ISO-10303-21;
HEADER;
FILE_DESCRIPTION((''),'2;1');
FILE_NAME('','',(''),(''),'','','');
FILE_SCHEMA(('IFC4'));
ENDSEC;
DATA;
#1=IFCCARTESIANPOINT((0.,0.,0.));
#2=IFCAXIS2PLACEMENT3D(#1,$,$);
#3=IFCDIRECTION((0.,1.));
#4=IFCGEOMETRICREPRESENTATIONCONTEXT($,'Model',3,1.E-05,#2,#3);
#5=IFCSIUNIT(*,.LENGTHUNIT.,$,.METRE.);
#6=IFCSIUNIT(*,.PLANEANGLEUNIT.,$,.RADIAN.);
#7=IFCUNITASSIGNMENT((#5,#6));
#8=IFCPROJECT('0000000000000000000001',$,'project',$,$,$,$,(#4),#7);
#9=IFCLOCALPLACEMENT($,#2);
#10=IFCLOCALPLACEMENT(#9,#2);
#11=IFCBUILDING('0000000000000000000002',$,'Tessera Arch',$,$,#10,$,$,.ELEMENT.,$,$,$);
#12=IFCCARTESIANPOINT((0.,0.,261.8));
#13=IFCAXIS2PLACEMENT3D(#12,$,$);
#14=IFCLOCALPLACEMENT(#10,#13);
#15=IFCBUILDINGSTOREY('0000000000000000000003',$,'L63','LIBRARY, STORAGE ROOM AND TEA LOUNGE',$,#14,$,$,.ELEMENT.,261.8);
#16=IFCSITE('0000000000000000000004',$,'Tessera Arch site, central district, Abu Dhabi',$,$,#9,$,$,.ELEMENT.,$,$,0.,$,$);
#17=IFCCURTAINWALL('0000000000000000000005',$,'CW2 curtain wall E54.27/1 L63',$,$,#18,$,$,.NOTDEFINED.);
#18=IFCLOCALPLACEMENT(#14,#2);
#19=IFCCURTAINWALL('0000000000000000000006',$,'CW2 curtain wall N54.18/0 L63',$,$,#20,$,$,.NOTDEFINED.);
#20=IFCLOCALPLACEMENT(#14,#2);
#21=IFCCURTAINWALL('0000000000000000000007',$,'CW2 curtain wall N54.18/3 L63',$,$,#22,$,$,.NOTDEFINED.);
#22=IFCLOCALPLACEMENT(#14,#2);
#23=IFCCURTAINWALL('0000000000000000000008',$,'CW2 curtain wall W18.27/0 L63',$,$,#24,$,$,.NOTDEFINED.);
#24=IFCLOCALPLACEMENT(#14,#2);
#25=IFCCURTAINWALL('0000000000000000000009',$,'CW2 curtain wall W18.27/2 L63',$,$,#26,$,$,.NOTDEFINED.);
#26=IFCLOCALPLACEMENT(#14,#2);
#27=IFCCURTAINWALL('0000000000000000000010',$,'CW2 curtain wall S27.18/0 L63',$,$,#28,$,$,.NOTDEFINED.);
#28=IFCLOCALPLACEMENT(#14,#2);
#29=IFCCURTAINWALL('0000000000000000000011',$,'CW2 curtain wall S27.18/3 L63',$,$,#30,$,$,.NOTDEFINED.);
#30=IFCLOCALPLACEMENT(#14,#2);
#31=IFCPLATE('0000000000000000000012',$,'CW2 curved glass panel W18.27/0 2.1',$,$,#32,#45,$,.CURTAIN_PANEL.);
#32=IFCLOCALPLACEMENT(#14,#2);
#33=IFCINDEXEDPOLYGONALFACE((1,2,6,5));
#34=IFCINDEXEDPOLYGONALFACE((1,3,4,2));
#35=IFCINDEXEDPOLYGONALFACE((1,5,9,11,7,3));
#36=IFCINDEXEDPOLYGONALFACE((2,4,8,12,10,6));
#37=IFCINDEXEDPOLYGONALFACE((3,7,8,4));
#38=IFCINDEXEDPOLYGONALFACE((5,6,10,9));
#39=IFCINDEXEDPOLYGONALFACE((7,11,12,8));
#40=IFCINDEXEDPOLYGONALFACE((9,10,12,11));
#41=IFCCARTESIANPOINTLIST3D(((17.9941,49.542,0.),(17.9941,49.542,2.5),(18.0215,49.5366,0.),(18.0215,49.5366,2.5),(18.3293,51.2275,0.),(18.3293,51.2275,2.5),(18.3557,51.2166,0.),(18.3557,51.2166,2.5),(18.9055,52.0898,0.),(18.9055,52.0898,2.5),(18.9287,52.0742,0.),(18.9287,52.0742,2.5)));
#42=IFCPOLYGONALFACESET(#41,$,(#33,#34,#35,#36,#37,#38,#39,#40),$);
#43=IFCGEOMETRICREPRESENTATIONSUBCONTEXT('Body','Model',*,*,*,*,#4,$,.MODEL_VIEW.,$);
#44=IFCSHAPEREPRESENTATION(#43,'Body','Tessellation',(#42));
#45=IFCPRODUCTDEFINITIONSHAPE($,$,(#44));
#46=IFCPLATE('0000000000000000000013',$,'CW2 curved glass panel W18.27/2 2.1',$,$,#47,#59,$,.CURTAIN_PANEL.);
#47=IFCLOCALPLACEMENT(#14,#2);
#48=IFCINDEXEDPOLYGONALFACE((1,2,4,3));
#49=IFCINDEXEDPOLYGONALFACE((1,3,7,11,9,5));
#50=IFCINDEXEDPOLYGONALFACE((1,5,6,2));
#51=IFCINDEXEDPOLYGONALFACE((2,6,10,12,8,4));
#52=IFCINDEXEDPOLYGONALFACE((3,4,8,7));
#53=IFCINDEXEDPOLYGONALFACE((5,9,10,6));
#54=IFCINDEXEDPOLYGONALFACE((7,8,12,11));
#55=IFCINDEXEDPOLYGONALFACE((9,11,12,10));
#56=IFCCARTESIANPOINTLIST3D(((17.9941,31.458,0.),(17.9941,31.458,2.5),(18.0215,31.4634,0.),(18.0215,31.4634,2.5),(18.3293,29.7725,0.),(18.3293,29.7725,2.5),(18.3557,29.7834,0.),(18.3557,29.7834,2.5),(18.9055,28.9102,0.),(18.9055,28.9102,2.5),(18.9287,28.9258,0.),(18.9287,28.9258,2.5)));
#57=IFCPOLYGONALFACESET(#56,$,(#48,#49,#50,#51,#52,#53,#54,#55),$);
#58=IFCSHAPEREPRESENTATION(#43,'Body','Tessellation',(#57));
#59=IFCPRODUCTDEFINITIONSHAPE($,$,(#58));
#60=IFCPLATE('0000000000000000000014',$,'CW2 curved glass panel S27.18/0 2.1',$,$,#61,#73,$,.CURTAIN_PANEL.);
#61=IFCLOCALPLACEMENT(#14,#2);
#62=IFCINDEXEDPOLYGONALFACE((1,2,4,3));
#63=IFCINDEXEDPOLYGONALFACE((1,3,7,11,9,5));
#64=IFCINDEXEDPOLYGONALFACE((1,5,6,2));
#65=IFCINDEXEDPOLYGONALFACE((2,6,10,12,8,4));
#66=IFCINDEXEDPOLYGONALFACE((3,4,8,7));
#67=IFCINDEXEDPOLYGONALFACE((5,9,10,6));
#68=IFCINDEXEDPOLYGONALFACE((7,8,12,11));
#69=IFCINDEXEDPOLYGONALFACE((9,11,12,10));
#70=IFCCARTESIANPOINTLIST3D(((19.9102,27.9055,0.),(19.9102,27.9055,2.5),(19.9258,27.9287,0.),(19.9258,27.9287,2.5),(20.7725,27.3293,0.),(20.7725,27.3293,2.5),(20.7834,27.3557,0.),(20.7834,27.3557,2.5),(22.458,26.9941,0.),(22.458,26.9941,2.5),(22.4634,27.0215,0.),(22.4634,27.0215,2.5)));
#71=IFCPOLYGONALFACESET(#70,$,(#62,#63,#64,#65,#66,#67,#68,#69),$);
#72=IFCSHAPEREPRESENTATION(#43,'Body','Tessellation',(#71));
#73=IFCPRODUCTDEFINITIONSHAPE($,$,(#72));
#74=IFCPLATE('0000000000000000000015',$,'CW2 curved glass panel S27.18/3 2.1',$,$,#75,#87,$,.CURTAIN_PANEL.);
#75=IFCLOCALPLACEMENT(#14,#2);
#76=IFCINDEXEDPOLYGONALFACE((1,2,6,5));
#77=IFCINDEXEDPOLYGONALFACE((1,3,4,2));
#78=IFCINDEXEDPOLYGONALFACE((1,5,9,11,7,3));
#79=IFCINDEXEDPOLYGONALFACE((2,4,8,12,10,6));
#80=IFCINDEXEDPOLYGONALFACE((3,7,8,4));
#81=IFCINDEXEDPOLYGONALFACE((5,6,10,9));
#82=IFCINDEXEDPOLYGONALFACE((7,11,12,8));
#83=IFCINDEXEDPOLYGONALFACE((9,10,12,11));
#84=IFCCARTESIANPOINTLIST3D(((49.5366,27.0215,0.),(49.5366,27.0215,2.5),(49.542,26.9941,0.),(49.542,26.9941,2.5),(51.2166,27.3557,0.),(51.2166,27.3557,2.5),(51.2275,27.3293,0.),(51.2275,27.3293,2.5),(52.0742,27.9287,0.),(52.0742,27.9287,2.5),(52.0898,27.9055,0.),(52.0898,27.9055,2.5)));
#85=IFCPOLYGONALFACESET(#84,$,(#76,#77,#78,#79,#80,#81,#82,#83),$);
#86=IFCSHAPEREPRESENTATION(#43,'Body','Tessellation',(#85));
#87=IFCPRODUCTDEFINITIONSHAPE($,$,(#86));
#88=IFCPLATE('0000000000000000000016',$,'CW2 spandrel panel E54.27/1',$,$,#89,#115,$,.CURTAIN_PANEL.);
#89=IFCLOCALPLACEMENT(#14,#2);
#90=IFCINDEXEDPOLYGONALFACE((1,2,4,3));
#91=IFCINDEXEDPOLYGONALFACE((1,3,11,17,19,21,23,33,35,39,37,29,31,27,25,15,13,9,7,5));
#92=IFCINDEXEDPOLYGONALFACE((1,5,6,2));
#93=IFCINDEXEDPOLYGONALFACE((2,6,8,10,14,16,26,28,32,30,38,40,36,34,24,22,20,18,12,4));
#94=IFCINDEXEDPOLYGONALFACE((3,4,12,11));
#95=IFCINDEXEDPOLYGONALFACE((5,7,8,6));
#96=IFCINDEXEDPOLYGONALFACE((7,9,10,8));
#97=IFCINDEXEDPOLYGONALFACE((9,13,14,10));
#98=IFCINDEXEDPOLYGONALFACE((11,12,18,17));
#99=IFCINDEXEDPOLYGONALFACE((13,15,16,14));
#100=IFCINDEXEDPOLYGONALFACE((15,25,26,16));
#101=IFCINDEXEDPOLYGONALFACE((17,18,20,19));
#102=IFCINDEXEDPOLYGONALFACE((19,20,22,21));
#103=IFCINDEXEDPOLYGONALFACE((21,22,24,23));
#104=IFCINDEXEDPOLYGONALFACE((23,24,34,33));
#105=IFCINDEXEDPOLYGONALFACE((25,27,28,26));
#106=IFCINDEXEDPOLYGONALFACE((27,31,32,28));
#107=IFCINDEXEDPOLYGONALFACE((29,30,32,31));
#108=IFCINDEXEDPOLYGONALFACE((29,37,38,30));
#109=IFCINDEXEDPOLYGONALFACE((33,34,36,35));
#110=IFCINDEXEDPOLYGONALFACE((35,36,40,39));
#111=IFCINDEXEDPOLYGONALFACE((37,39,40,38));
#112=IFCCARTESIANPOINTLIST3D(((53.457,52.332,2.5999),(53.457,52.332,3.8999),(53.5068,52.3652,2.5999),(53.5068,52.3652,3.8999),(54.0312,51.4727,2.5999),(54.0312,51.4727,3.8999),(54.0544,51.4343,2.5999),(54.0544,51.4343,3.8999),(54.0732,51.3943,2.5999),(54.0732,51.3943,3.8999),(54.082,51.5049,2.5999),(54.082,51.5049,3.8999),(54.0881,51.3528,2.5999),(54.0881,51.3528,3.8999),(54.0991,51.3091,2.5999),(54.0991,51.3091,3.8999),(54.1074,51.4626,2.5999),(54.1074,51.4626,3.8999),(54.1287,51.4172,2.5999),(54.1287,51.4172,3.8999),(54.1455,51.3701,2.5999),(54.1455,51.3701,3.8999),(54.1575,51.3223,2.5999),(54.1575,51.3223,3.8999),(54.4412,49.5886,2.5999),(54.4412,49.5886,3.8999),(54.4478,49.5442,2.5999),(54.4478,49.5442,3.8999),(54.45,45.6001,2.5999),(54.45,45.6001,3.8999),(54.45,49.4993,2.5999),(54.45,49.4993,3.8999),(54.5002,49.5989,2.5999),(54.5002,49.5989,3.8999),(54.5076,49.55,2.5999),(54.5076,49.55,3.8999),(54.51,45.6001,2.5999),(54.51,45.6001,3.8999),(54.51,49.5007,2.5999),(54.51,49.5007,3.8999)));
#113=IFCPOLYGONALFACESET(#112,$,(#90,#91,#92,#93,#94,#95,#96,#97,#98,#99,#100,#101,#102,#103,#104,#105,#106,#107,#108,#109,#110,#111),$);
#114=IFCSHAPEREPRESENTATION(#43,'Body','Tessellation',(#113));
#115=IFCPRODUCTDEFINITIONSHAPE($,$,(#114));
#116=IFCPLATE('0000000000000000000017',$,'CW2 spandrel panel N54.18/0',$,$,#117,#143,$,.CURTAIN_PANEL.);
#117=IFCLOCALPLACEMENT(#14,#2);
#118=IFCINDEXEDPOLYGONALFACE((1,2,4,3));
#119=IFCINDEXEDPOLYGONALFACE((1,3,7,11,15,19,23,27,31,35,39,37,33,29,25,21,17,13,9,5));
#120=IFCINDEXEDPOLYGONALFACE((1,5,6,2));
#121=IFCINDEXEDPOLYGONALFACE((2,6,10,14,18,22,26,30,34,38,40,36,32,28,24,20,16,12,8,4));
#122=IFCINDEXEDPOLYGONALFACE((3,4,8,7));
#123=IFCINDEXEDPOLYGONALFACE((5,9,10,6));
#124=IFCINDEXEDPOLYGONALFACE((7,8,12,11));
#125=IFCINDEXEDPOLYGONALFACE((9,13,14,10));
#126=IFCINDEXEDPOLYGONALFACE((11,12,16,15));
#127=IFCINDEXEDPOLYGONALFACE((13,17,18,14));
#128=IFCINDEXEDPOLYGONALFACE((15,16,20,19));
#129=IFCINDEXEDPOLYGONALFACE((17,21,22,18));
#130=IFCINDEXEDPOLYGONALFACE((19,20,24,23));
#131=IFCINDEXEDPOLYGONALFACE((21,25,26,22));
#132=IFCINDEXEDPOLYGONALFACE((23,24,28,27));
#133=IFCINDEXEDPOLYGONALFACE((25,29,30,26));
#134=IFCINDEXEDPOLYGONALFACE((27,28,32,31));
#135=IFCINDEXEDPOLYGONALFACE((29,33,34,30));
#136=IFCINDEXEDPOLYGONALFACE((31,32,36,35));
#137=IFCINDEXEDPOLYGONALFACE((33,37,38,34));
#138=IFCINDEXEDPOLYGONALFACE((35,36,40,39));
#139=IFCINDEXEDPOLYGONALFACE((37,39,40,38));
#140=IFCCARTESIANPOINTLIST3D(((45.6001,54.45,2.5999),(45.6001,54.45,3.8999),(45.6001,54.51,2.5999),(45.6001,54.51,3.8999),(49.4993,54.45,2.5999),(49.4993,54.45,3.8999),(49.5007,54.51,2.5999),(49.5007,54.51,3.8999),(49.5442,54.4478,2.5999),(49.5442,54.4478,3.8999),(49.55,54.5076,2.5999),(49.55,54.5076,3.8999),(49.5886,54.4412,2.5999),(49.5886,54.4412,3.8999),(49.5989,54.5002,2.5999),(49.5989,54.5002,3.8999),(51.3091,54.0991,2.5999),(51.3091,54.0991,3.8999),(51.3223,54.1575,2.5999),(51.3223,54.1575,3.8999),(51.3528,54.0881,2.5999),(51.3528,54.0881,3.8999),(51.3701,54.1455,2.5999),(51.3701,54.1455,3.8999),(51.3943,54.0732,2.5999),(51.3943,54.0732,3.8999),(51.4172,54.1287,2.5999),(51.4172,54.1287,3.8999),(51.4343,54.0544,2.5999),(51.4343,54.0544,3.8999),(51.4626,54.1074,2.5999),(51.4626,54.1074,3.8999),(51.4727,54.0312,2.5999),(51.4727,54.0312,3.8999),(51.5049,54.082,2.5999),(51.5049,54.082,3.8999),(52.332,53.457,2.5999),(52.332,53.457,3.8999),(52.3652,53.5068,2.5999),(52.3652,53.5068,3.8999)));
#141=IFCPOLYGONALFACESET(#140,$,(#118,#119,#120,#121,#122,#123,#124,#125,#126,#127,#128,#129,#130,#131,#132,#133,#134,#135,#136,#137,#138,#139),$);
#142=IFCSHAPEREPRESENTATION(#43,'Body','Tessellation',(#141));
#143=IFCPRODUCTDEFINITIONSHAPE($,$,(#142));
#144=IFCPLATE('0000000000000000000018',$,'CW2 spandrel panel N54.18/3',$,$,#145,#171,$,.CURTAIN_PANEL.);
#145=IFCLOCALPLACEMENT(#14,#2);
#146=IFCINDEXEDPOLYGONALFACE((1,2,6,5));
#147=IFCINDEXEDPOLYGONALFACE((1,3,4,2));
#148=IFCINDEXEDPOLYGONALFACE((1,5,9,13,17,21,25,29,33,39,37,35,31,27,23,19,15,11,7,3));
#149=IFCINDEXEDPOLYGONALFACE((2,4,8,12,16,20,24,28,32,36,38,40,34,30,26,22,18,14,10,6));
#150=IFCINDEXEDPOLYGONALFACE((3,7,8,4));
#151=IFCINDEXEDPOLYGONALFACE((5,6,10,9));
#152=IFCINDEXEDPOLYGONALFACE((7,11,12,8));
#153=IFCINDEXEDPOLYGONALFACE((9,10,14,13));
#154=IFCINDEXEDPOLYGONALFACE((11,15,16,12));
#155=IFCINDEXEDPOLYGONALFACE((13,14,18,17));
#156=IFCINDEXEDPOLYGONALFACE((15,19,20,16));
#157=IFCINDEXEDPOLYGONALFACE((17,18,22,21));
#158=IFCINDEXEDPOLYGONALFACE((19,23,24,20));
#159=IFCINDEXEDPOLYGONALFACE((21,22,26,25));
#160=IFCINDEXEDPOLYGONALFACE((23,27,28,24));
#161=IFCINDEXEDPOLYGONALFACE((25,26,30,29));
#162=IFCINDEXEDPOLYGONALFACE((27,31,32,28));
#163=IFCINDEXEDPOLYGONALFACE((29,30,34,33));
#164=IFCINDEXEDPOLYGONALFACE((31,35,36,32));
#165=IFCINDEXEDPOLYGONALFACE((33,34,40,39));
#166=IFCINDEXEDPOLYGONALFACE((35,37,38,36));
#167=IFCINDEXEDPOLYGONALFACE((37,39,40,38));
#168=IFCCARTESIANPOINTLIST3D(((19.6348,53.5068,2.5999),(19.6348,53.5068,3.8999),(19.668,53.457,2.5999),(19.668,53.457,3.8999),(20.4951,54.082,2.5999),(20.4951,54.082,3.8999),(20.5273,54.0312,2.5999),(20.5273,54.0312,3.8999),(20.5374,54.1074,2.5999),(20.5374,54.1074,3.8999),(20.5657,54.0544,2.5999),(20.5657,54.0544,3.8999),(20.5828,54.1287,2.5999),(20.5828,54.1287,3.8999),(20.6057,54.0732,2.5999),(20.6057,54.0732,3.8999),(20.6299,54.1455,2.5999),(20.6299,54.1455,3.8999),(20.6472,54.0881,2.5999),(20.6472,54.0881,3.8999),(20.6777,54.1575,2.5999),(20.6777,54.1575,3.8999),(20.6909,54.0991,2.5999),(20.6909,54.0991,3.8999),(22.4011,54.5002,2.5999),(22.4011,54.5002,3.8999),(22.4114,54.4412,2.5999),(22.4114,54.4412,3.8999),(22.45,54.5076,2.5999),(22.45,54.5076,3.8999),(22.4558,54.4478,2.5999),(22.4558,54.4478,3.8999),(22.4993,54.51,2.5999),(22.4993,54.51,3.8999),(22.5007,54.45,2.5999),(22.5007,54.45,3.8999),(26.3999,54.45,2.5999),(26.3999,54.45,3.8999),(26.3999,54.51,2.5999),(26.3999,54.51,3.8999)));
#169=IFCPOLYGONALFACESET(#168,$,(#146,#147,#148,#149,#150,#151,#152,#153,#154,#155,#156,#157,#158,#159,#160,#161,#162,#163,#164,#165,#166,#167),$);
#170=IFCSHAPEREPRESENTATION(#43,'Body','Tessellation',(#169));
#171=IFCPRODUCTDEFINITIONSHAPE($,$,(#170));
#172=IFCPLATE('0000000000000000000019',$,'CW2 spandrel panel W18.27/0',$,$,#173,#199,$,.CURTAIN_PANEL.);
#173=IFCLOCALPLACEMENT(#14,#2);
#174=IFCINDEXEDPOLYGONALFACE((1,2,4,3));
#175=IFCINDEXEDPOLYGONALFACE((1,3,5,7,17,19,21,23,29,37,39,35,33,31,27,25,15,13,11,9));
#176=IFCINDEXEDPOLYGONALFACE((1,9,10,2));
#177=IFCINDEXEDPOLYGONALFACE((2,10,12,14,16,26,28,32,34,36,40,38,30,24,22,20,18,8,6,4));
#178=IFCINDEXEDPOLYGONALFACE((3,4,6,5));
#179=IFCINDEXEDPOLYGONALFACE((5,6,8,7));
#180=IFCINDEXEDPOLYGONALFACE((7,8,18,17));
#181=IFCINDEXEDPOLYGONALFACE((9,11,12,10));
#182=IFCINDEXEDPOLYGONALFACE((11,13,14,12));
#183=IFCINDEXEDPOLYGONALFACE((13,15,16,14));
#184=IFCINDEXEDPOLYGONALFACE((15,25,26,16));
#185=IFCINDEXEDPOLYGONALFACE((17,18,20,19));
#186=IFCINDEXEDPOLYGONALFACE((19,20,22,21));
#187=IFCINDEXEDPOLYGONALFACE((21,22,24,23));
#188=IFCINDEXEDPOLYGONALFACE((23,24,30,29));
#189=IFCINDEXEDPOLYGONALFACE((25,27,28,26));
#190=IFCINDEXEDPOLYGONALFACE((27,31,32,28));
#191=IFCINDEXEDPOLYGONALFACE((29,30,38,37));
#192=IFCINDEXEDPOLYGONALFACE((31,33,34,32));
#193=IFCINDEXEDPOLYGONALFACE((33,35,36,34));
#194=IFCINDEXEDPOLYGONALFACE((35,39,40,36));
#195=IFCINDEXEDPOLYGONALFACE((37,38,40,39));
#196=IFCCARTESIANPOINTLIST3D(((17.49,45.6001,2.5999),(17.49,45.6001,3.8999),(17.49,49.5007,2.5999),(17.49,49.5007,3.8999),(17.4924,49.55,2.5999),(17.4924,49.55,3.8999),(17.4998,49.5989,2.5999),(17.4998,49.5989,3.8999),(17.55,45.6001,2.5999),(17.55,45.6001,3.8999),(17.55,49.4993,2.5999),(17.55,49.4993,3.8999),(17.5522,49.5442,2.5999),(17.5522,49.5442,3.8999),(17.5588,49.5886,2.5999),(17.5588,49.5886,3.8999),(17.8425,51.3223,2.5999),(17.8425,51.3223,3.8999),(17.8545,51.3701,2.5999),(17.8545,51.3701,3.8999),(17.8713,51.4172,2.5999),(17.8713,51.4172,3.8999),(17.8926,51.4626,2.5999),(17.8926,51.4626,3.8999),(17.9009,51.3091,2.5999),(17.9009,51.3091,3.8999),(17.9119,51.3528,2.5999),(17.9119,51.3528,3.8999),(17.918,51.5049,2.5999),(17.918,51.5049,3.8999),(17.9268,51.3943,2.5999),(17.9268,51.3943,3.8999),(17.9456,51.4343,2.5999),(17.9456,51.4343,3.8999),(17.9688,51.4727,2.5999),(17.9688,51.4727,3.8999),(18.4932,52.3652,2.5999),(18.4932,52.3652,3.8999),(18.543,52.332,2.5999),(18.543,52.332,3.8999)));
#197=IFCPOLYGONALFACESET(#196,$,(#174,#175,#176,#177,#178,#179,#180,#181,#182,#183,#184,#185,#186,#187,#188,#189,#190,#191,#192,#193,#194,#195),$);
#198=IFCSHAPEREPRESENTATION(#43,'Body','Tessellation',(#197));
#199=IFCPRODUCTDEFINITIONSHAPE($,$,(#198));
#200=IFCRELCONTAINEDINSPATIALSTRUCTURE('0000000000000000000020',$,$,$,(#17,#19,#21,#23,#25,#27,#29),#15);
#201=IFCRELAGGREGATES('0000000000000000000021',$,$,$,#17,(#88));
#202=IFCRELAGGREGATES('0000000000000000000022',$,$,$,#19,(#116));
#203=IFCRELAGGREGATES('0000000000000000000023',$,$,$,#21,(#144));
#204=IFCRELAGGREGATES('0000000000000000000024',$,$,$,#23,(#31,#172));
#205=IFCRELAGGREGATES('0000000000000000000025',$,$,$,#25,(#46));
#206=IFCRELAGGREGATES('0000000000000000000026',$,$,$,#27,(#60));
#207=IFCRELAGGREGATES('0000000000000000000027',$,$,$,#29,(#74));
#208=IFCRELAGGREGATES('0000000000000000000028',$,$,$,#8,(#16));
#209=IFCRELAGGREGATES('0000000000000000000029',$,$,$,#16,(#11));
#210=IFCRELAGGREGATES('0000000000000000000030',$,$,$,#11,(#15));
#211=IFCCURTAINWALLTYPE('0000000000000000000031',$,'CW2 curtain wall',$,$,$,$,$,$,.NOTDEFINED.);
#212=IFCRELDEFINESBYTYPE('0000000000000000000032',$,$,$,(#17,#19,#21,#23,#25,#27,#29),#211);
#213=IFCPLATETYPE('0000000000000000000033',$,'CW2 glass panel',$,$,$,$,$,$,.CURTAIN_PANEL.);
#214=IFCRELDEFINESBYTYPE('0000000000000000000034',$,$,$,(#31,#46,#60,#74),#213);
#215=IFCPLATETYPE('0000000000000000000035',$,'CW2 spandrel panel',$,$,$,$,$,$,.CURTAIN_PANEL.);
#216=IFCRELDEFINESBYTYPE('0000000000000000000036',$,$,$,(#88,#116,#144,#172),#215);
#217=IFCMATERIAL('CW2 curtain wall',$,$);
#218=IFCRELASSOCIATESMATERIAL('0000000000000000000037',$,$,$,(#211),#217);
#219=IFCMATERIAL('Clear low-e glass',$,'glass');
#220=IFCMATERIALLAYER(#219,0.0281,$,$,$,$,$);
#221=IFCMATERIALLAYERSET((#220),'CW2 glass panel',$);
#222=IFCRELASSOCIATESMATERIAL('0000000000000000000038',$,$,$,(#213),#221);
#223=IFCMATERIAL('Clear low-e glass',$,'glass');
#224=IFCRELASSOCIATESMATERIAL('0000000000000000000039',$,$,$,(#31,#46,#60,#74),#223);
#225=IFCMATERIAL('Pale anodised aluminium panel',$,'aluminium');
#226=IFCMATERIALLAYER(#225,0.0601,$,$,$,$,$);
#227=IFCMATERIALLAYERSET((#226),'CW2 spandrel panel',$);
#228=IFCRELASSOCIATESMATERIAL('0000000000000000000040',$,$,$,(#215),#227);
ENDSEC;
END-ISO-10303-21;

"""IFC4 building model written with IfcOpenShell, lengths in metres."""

from ifc_helpers import new_model, si_unit, direction, frame, origin, place, context, subcontext, project, spatial, polyline, outline, extrude, material, layer, layer_set, type_object, element, aggregate, save


model = new_model("IFC4")

# Units and contexts
model_context = context("Model", 3, precision=1e-05, world=origin(), true_north=direction((0.0, 1.0)))
body_context = subcontext(model_context, "Body", "Model", "MODEL_VIEW")
ifc_project = project(units=[si_unit("LENGTHUNIT", "METRE"), si_unit("PLANEANGLEUNIT", "RADIAN")], contexts=[model_context])

# Site, building, storey
site_placement = place(None, origin())
site = spatial("IfcSite", under=ifc_project, at=site_placement, Name="Tessera Arch site, central district, Abu Dhabi", CompositionType="ELEMENT", RefElevation=0.0)
building_placement = place(site_placement, origin())
building = spatial("IfcBuilding", under=site, at=building_placement, Name="Tessera Arch", CompositionType="ELEMENT")
storey_placement = place(building_placement, frame((0.0, 0.0, 261.8)))
storey = spatial("IfcBuildingStorey", under=building, at=storey_placement, Name="L63", Description="LIBRARY, STORAGE ROOM AND TEA LOUNGE", CompositionType="ELEMENT", Elevation=261.8)

# Curtain walls
ifc_material_1 = material(Name="CW2 curtain wall")
curtain_wall_type = type_object("IfcCurtainWallType", Name="CW2 curtain wall", PredefinedType="NOTDEFINED", material=ifc_material_1)
curtain_wall_1_placement = place(storey_placement, origin())
curtain_wall_1 = element("IfcCurtainWall", 1, at=curtain_wall_1_placement, inside=storey, type_object=curtain_wall_type, Name="CW2 curtain wall E54.27/1 L63", PredefinedType="NOTDEFINED")
curtain_wall_2_placement = place(storey_placement, origin())
curtain_wall_2 = element("IfcCurtainWall", 2, at=curtain_wall_2_placement, inside=storey, type_object=curtain_wall_type, Name="CW2 curtain wall N54.18/0 L63", PredefinedType="NOTDEFINED")
curtain_wall_3_placement = place(storey_placement, origin())
curtain_wall_3 = element("IfcCurtainWall", 3, at=curtain_wall_3_placement, inside=storey, type_object=curtain_wall_type, Name="CW2 curtain wall N54.18/3 L63", PredefinedType="NOTDEFINED")
curtain_wall_4_placement = place(storey_placement, origin())
curtain_wall_4 = element("IfcCurtainWall", 4, at=curtain_wall_4_placement, inside=storey, type_object=curtain_wall_type, Name="CW2 curtain wall W18.27/0 L63", PredefinedType="NOTDEFINED")
curtain_wall_5_placement = place(storey_placement, origin())
curtain_wall_5 = element("IfcCurtainWall", 5, at=curtain_wall_5_placement, inside=storey, type_object=curtain_wall_type, Name="CW2 curtain wall W18.27/2 L63", PredefinedType="NOTDEFINED")
curtain_wall_6_placement = place(storey_placement, origin())
curtain_wall_6 = element("IfcCurtainWall", 6, at=curtain_wall_6_placement, inside=storey, type_object=curtain_wall_type, Name="CW2 curtain wall S27.18/0 L63", PredefinedType="NOTDEFINED")
curtain_wall_7_placement = place(storey_placement, origin())
curtain_wall_7 = element("IfcCurtainWall", 7, at=curtain_wall_7_placement, inside=storey, type_object=curtain_wall_type, Name="CW2 curtain wall S27.18/3 L63", PredefinedType="NOTDEFINED")

# Plates
ifc_material_2 = material(Name="Clear low-e glass", Category="glass")
ifc_material_3 = material(Name="Clear low-e glass", Category="glass")
ifc_layer_1 = layer(ifc_material_3, 0.0281)
ifc_layer_set_1 = layer_set([ifc_layer_1], Name="CW2 glass panel")
plate_type_1 = type_object("IfcPlateType", Name="CW2 glass panel", PredefinedType="CURTAIN_PANEL", material=ifc_layer_set_1)
plate_1_placement = place(storey_placement, origin())
plate_1 = element("IfcPlate", 8, at=plate_1_placement, type_object=plate_type_1, material=ifc_material_2, Name="CW2 curved glass panel W18.27/0 2.1", PredefinedType="CURTAIN_PANEL", context=body_context, shape_type="SweptSolid", body=[
    extrude(outline(polyline([(18.3557, 51.2166), (18.9287, 52.0742), (18.9055, 52.0898), (18.3293, 51.2275), (17.9941, 49.542), (18.0215, 49.5366), (18.3557, 51.2166)])), origin(), (0.0, 0.0, 1.0), 2.5),
])
plate_2_placement = place(storey_placement, origin())
plate_2 = element("IfcPlate", 9, at=plate_2_placement, type_object=plate_type_1, material=ifc_material_2, Name="CW2 curved glass panel W18.27/2 2.1", PredefinedType="CURTAIN_PANEL", context=body_context, shape_type="SweptSolid", body=[
    extrude(outline(polyline([(18.3557, 29.7834), (18.0215, 31.4634), (17.9941, 31.458), (18.3293, 29.7725), (18.9055, 28.9102), (18.9287, 28.9258), (18.3557, 29.7834)])), origin(), (0.0, 0.0, 1.0), 2.5),
])
plate_3_placement = place(storey_placement, origin())
plate_3 = element("IfcPlate", 10, at=plate_3_placement, type_object=plate_type_1, material=ifc_material_2, Name="CW2 curved glass panel S27.18/0 2.1", PredefinedType="CURTAIN_PANEL", context=body_context, shape_type="SweptSolid", body=[
    extrude(outline(polyline([(20.7834, 27.3557), (19.9258, 27.9287), (19.9102, 27.9055), (20.7725, 27.3293), (22.458, 26.9941), (22.4634, 27.0215), (20.7834, 27.3557)])), origin(), (0.0, 0.0, 1.0), 2.5),
])
plate_4_placement = place(storey_placement, origin())
plate_4 = element("IfcPlate", 11, at=plate_4_placement, type_object=plate_type_1, material=ifc_material_2, Name="CW2 curved glass panel S27.18/3 2.1", PredefinedType="CURTAIN_PANEL", context=body_context, shape_type="SweptSolid", body=[
    extrude(outline(polyline([(51.2166, 27.3557), (49.5366, 27.0215), (49.542, 26.9941), (51.2275, 27.3293), (52.0898, 27.9055), (52.0742, 27.9287), (51.2166, 27.3557)])), origin(), (0.0, 0.0, 1.0), 2.5),
])
ifc_material_4 = material(Name="Pale anodised aluminium panel", Category="aluminium")
ifc_layer_2 = layer(ifc_material_4, 0.0601)
ifc_layer_set_2 = layer_set([ifc_layer_2], Name="CW2 spandrel panel")
plate_type_2 = type_object("IfcPlateType", Name="CW2 spandrel panel", PredefinedType="CURTAIN_PANEL", material=ifc_layer_set_2)
plate_5_placement = place(storey_placement, frame((0.0, 0.0, 2.5999)))
plate_5 = element("IfcPlate", 12, at=plate_5_placement, type_object=plate_type_2, Name="CW2 spandrel panel E54.27/1", PredefinedType="CURTAIN_PANEL", context=body_context, shape_type="SweptSolid", body=[
    extrude(outline(polyline([(54.45, 49.4993), (54.45, 45.6001), (54.51, 45.6001), (54.51, 49.5007), (54.5076, 49.55), (54.5002, 49.5989), (54.1575, 51.3223), (54.1455, 51.3701), (54.1287, 51.4172), (54.1074, 51.4626), (54.082, 51.5049), (53.5068, 52.3652), (53.457, 52.332), (54.0312, 51.4727), (54.0544, 51.4343), (54.0732, 51.3943), (54.0881, 51.3528), (54.0991, 51.3091), (54.4412, 49.5886), (54.4478, 49.5442), (54.45, 49.4993)])), origin(), (0.0, 0.0, 1.0), 1.3),
])
aggregate(curtain_wall_1, [plate_5])
plate_6_placement = place(storey_placement, frame((0.0, 0.0, 2.5999)))
plate_6 = element("IfcPlate", 13, at=plate_6_placement, type_object=plate_type_2, Name="CW2 spandrel panel N54.18/0", PredefinedType="CURTAIN_PANEL", context=body_context, shape_type="SweptSolid", body=[
    extrude(outline(polyline([(51.4727, 54.0312), (52.332, 53.457), (52.3652, 53.5068), (51.5049, 54.082), (51.4626, 54.1074), (51.4172, 54.1287), (51.3701, 54.1455), (51.3223, 54.1575), (49.5989, 54.5002), (49.55, 54.5076), (49.5007, 54.51), (45.6001, 54.51), (45.6001, 54.45), (49.4993, 54.45), (49.5442, 54.4478), (49.5886, 54.4412), (51.3091, 54.0991), (51.3528, 54.0881), (51.3943, 54.0732), (51.4343, 54.0544), (51.4727, 54.0312)])), origin(), (0.0, 0.0, 1.0), 1.3),
])
aggregate(curtain_wall_2, [plate_6])
plate_7_placement = place(storey_placement, frame((0.0, 0.0, 2.5999)))
plate_7 = element("IfcPlate", 14, at=plate_7_placement, type_object=plate_type_2, Name="CW2 spandrel panel N54.18/3", PredefinedType="CURTAIN_PANEL", context=body_context, shape_type="SweptSolid", body=[
    extrude(outline(polyline([(22.5007, 54.45), (26.3999, 54.45), (26.3999, 54.51), (22.4993, 54.51), (22.45, 54.5076), (22.4011, 54.5002), (20.6777, 54.1575), (20.6299, 54.1455), (20.5828, 54.1287), (20.5374, 54.1074), (20.4951, 54.082), (19.6348, 53.5068), (19.668, 53.457), (20.5273, 54.0312), (20.5657, 54.0544), (20.6057, 54.0732), (20.6472, 54.0881), (20.6909, 54.0991), (22.4114, 54.4412), (22.4558, 54.4478), (22.5007, 54.45)])), origin(), (0.0, 0.0, 1.0), 1.3),
])
aggregate(curtain_wall_3, [plate_7])
plate_8_placement = place(storey_placement, frame((0.0, 0.0, 2.5999)))
plate_8 = element("IfcPlate", 15, at=plate_8_placement, type_object=plate_type_2, Name="CW2 spandrel panel W18.27/0", PredefinedType="CURTAIN_PANEL", context=body_context, shape_type="SweptSolid", body=[
    extrude(outline(polyline([(17.9688, 51.4727), (18.543, 52.332), (18.4932, 52.3652), (17.918, 51.5049), (17.8926, 51.4626), (17.8713, 51.4172), (17.8545, 51.3701), (17.8425, 51.3223), (17.4998, 49.5989), (17.4924, 49.55), (17.49, 49.5007), (17.49, 45.6001), (17.55, 45.6001), (17.55, 49.4993), (17.5522, 49.5442), (17.5588, 49.5886), (17.9009, 51.3091), (17.9119, 51.3528), (17.9268, 51.3943), (17.9456, 51.4343), (17.9688, 51.4727)])), origin(), (0.0, 0.0, 1.0), 1.3),
])
aggregate(curtain_wall_4, [plate_1, plate_8])
aggregate(curtain_wall_5, [plate_2])
aggregate(curtain_wall_6, [plate_3])
aggregate(curtain_wall_7, [plate_4])

save(model, "model.ifc")
